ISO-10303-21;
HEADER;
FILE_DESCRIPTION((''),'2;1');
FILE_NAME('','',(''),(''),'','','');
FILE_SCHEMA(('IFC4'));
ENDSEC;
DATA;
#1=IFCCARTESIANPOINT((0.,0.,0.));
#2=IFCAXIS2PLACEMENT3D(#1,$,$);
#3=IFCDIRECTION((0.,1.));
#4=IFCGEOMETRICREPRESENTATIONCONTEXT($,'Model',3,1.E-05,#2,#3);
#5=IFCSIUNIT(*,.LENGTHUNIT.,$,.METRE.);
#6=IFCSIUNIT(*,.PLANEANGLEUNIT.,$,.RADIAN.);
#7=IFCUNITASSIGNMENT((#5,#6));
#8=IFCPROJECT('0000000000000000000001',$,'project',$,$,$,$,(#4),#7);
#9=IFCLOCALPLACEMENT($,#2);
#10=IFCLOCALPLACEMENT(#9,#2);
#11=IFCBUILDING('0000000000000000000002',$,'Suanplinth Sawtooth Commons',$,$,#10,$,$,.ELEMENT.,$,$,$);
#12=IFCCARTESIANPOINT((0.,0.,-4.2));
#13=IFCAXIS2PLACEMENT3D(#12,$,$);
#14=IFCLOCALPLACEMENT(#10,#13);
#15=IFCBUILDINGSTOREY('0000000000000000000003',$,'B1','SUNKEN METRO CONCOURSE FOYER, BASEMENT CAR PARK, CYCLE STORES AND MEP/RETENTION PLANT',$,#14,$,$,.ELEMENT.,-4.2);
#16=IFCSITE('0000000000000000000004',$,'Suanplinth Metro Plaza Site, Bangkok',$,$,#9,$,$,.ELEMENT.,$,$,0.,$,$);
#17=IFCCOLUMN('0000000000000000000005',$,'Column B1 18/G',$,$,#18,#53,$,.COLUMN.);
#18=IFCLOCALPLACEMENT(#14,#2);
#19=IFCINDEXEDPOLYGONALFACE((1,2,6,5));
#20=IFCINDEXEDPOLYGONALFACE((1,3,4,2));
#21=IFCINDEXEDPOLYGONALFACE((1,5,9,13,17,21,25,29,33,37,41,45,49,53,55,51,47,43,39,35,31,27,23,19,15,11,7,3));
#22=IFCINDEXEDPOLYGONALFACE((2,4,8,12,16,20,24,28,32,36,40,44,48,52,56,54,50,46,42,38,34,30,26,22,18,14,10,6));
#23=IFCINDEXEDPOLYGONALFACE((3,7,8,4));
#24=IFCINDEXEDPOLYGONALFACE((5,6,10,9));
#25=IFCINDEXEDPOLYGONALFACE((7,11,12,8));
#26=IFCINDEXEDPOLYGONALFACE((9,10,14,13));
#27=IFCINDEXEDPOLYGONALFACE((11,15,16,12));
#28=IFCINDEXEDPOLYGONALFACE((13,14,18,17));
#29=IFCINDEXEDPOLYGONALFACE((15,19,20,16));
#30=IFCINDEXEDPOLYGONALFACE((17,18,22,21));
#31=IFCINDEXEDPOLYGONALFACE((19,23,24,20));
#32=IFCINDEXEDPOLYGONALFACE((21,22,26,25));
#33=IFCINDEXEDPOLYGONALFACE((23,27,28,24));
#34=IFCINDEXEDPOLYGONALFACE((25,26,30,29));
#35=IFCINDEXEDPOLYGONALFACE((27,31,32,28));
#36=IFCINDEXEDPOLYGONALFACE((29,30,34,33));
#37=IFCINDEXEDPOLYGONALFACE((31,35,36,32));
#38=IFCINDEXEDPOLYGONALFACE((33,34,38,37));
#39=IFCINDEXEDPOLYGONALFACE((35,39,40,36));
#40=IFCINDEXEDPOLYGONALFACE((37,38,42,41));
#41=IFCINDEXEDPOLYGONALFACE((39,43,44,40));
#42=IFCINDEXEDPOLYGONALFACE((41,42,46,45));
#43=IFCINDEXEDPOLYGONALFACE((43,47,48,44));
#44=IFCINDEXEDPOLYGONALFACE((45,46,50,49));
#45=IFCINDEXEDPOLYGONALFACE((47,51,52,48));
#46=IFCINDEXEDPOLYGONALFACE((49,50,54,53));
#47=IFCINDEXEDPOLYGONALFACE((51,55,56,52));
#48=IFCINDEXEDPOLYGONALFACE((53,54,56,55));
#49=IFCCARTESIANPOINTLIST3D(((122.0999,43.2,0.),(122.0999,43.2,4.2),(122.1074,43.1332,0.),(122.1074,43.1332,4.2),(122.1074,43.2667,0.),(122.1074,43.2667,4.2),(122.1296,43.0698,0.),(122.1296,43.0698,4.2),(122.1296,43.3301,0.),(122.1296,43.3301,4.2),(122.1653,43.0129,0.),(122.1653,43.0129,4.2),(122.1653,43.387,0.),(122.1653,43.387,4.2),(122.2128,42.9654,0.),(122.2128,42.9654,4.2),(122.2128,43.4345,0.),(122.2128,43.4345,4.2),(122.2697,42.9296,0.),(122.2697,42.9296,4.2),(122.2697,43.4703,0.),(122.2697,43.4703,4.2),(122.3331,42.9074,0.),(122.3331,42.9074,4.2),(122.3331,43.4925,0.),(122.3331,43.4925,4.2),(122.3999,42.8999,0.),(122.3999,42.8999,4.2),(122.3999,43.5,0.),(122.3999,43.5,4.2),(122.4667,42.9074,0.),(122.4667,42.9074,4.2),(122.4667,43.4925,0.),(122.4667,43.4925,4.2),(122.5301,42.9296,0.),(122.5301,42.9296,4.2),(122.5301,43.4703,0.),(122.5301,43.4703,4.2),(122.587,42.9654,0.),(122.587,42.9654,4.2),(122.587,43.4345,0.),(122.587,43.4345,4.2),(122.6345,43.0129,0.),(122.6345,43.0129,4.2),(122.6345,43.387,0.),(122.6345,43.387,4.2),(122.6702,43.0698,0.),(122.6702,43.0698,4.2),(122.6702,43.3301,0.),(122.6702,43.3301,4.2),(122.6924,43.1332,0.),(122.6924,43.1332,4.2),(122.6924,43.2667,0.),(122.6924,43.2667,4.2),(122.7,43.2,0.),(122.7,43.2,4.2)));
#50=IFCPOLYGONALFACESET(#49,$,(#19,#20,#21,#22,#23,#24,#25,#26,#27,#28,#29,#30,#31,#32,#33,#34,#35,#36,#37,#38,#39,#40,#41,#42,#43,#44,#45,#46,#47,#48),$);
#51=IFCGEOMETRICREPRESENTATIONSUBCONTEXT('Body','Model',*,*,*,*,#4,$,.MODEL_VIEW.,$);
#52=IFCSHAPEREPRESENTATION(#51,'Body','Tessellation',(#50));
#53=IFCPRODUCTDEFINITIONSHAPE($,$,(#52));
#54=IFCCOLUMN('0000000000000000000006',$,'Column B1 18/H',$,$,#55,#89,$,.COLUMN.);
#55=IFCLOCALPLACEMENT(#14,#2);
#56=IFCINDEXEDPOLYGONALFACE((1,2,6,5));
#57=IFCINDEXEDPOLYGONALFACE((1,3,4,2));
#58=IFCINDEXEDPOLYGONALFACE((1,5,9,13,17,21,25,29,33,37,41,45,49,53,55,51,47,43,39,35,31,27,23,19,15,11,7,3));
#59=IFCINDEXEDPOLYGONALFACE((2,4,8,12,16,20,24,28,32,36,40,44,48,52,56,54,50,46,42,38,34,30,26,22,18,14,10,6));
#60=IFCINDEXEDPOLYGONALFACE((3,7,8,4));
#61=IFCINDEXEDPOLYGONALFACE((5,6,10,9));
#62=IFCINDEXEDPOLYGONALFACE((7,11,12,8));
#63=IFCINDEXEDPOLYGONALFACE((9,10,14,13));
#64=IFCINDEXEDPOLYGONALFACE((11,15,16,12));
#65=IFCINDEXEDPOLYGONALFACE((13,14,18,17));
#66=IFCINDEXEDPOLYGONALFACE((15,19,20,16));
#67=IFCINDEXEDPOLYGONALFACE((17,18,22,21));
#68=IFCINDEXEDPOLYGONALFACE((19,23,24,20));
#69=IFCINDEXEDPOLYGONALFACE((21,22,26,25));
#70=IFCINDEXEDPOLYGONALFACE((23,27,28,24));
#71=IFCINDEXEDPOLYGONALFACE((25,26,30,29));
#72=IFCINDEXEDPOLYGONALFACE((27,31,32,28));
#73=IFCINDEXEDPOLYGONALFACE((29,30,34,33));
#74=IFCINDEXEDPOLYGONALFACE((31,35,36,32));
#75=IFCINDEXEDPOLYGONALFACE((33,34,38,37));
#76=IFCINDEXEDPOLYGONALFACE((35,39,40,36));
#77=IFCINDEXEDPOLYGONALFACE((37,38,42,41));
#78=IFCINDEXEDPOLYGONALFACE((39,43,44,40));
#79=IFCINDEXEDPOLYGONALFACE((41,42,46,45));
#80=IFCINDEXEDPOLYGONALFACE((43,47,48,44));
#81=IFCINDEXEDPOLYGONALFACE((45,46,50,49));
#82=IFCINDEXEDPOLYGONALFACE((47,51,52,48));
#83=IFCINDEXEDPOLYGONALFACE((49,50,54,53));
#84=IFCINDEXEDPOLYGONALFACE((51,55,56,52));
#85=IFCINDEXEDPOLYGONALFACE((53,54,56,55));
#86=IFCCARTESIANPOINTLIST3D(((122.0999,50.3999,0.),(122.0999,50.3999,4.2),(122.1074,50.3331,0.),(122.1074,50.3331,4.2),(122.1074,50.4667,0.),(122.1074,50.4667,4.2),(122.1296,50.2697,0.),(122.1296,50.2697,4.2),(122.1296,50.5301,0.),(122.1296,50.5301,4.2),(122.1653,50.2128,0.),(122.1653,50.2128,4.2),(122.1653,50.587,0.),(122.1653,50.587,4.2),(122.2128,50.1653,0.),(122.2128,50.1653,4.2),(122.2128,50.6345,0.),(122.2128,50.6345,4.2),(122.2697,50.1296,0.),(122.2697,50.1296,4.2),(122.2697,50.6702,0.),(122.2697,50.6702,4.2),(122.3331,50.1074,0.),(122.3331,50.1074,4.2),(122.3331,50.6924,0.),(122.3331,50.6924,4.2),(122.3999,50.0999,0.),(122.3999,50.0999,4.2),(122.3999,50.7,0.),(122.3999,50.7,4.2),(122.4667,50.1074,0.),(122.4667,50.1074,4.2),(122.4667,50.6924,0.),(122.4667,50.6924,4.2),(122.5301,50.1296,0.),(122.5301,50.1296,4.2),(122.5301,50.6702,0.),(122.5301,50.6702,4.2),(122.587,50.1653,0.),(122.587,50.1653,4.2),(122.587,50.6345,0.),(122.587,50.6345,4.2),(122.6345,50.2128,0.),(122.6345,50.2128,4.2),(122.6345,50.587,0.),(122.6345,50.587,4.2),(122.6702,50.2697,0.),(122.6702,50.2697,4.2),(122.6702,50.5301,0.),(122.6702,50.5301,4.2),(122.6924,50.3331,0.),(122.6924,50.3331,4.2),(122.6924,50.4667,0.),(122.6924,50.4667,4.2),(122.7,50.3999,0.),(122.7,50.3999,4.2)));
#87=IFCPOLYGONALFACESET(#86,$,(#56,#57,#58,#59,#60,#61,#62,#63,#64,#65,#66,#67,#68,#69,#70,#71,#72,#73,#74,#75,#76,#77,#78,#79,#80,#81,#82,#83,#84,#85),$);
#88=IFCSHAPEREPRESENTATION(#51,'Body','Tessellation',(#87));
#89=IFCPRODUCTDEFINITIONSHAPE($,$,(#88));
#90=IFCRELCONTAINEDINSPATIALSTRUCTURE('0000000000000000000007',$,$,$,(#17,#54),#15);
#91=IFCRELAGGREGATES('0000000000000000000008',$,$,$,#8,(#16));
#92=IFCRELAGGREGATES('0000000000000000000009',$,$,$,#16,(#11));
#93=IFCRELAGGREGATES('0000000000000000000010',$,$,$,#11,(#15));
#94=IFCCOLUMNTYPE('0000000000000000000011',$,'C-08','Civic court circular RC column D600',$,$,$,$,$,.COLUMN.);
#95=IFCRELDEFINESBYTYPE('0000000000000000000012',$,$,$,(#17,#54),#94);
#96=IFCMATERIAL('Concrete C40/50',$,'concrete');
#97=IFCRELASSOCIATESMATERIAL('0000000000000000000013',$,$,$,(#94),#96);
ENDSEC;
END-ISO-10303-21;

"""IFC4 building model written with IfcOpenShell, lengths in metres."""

from ifc_helpers import new_model, si_unit, direction, frame, origin, origin_2d, place, context, subcontext, project, spatial, circle, extrude, material, material_profile, profile_set, type_object, element, save


model = new_model("IFC4")

# Units and contexts
model_context = context("Model", 3, precision=1e-05, world=origin(), true_north=direction((0.0, 1.0)))
body_context = subcontext(model_context, "Body", "Model", "MODEL_VIEW")
ifc_project = project(units=[si_unit("LENGTHUNIT", "METRE"), si_unit("PLANEANGLEUNIT", "RADIAN")], contexts=[model_context])

# Site, building, storey
site_placement = place(None, origin())
site = spatial("IfcSite", under=ifc_project, at=site_placement, Name="Suanplinth Metro Plaza Site, Bangkok", CompositionType="ELEMENT", RefElevation=0.0)
building_placement = place(site_placement, origin())
building = spatial("IfcBuilding", under=site, at=building_placement, Name="Suanplinth Sawtooth Commons", CompositionType="ELEMENT")
storey_placement = place(building_placement, frame((0.0, 0.0, -4.2)))
storey = spatial("IfcBuildingStorey", under=building, at=storey_placement, Name="B1", Description="SUNKEN METRO CONCOURSE FOYER, BASEMENT CAR PARK, CYCLE STORES AND MEP/RETENTION PLANT", CompositionType="ELEMENT", Elevation=-4.2)

# Columns
ifc_material_1 = material(Name="Concrete C40/50", Category="concrete")
ifc_material_profile_1 = material_profile(ifc_material_1, circle(Radius=0.3, at=origin_2d()), Name="RC-CIRC D600")
ifc_profile_set_1 = profile_set([ifc_material_profile_1], Name="Concrete C40/50")
column_type_1 = type_object("IfcColumnType", Name="C-08", Description="Civic court circular RC column D600", PredefinedType="COLUMN", material=ifc_profile_set_1)
for number, where, z_axis, x_axis, name in (
    (1, (122.3999, 43.2, 0.0), (0.0, 0.0, 1.0), (1.0, 0.0, 0.0), "Column B1 18/G"),
    (2, (122.3999, 50.3999, 0.0), (0.0, 0.0, 1.0), (1.0, 0.0, 0.0), "Column B1 18/H"),
):
    element("IfcColumn", number, at=place(storey_placement, frame(where, z_axis=z_axis, x_axis=x_axis)), inside=storey, type_object=column_type_1, Name=name, PredefinedType="COLUMN", context=body_context, shape_type="SweptSolid", body=[
        extrude(circle(Radius=0.3, at=origin_2d()), origin(), (0.0, 0.0, 1.0), 4.2),
    ])

save(model, "model.ifc")
